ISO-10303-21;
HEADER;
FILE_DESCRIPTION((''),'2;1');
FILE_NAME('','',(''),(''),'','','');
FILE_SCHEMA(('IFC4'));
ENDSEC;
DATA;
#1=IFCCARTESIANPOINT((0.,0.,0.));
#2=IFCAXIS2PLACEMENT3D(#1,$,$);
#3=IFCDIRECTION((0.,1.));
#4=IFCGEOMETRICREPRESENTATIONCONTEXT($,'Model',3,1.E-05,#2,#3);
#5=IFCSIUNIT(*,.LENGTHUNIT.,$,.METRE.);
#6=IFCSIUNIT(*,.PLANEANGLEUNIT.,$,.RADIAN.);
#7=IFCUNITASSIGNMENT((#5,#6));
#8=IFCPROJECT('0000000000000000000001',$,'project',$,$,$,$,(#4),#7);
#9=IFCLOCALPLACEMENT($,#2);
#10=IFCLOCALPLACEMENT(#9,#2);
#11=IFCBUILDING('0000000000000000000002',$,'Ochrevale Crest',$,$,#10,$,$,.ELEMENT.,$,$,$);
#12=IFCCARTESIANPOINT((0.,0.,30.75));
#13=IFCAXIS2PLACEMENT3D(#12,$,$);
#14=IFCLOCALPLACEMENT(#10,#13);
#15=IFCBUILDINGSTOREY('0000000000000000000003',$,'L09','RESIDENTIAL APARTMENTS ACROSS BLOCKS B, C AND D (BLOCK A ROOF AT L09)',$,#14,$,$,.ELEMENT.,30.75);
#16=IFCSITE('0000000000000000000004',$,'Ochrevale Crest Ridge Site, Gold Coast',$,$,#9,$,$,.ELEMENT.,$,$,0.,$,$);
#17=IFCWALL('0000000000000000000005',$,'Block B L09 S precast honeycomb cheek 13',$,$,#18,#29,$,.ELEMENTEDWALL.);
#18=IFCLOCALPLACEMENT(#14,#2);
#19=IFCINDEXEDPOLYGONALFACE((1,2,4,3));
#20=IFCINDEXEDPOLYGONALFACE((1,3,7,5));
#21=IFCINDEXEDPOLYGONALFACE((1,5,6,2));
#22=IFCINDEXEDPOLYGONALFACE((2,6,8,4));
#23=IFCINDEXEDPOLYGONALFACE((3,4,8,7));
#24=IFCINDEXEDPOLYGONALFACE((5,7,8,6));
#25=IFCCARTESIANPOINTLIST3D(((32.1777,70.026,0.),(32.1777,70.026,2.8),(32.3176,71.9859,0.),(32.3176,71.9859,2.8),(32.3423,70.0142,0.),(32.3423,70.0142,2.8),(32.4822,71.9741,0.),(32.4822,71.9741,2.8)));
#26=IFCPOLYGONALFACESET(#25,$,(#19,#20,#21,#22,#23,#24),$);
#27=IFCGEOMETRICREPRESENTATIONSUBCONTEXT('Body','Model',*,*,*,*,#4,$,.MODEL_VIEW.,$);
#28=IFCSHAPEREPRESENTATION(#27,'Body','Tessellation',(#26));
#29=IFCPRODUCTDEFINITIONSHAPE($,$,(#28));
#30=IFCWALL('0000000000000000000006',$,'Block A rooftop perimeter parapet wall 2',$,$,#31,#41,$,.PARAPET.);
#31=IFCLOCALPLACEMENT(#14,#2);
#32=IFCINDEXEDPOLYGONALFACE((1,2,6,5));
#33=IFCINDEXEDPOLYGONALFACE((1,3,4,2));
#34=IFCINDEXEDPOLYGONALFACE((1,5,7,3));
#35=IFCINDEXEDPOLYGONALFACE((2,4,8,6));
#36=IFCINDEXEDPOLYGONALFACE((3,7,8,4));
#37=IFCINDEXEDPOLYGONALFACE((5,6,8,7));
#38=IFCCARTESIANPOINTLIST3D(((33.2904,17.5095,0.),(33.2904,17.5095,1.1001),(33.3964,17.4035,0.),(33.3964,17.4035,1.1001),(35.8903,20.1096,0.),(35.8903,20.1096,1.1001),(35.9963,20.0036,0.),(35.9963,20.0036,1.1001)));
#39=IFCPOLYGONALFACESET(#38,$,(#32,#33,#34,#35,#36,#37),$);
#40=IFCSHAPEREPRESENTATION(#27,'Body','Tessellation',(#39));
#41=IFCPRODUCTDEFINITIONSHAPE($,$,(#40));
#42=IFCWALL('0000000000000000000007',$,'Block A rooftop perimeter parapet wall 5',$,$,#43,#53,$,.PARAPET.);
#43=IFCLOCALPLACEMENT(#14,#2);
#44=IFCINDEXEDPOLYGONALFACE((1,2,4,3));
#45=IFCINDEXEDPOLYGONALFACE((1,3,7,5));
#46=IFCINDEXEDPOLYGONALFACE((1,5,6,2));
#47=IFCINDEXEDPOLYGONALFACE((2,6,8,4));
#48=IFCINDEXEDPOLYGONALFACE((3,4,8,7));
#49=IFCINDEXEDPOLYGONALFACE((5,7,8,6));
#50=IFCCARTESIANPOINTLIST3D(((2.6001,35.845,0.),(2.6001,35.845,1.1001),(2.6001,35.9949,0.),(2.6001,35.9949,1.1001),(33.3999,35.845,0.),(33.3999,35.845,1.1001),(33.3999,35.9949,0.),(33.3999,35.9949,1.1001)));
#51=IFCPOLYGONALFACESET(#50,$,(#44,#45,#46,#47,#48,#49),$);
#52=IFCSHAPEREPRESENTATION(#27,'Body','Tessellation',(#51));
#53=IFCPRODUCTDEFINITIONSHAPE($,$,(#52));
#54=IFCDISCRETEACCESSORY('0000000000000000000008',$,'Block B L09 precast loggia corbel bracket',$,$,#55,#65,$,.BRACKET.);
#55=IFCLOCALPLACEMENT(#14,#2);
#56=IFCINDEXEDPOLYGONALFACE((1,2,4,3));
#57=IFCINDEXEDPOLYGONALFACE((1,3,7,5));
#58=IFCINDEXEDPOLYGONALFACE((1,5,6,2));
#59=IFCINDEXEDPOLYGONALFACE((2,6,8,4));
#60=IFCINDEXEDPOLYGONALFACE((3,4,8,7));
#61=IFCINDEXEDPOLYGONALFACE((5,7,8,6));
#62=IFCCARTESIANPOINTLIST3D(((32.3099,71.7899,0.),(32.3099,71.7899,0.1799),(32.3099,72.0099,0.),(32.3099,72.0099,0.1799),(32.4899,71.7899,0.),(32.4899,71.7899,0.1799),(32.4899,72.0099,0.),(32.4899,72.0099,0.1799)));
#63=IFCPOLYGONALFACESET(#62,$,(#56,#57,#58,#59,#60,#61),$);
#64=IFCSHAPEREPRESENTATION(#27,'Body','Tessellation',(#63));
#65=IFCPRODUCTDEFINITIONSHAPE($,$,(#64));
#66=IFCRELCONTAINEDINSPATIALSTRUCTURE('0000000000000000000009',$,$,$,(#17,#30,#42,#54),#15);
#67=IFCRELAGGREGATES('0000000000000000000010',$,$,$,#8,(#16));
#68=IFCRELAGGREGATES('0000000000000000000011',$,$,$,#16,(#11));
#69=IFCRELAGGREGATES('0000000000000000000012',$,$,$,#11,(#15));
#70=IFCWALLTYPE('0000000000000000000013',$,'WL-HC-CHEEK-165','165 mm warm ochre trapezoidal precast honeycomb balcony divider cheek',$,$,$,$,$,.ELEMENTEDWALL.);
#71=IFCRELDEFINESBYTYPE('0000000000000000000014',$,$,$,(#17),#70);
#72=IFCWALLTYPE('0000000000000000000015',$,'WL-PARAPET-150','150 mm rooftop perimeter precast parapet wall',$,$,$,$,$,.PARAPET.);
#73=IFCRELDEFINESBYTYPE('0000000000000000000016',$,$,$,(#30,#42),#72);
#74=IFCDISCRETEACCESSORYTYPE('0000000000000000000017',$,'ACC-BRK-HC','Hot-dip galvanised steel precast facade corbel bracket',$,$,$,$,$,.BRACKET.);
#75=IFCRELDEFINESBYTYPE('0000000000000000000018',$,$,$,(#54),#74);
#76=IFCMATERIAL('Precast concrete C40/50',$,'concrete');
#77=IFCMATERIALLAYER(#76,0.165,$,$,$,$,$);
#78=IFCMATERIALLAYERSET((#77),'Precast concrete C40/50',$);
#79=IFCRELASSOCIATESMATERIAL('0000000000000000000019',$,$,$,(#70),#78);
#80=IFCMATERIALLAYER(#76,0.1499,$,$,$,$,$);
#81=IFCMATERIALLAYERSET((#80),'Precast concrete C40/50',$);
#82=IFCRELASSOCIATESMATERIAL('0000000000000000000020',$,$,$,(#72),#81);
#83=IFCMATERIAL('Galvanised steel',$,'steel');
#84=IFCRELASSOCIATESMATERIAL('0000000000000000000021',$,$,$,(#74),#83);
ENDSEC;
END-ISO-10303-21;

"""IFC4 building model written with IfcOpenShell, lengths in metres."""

from ifc_helpers import new_model, si_unit, direction, frame, frame_2d, origin, origin_2d, place, context, subcontext, project, spatial, rectangle, extrude, material, layer, layer_set, type_object, element, save


model = new_model("IFC4")

# Units and contexts
model_context = context("Model", 3, precision=1e-05, world=origin(), true_north=direction((0.0, 1.0)))
body_context = subcontext(model_context, "Body", "Model", "MODEL_VIEW")
ifc_project = project(units=[si_unit("LENGTHUNIT", "METRE"), si_unit("PLANEANGLEUNIT", "RADIAN")], contexts=[model_context])

# Site, building, storey
site_placement = place(None, origin())
site = spatial("IfcSite", under=ifc_project, at=site_placement, Name="Ochrevale Crest Ridge Site, Gold Coast", CompositionType="ELEMENT", RefElevation=0.0)
building_placement = place(site_placement, origin())
building = spatial("IfcBuilding", under=site, at=building_placement, Name="Ochrevale Crest", CompositionType="ELEMENT")
storey_placement = place(building_placement, frame((0.0, 0.0, 30.75)))
storey = spatial("IfcBuildingStorey", under=building, at=storey_placement, Name="L09", Description="RESIDENTIAL APARTMENTS ACROSS BLOCKS B, C AND D (BLOCK A ROOF AT L09)", CompositionType="ELEMENT", Elevation=30.75)

# Shared definitions
ifc_material_1 = material(Name="Precast concrete C40/50", Category="concrete")

# Walls
ifc_layer_1 = layer(ifc_material_1, 0.165)
ifc_layer_set_1 = layer_set([ifc_layer_1], Name="Precast concrete C40/50")
wall_type_1 = type_object("IfcWallType", Name="WL-HC-CHEEK-165", Description="165 mm warm ochre trapezoidal precast honeycomb balcony divider cheek", PredefinedType="ELEMENTEDWALL", material=ifc_layer_set_1)
wall_1_placement = place(storey_placement, frame((32.3999, 71.98, 0.0), z_axis=(0.0, 0.0, 1.0), x_axis=(-0.071194, -0.997462, 0.0)))
element("IfcWall", 1, at=wall_1_placement, inside=storey, type_object=wall_type_1, Name="Block B L09 S precast honeycomb cheek 13", PredefinedType="ELEMENTEDWALL", context=body_context, shape_type="SweptSolid", body=[
    extrude(rectangle(XDim=1.9648, YDim=0.165, at=frame_2d((0.9824, 0.0))), origin(), (0.0, 0.0, 1.0), 2.8),
])
ifc_layer_2 = layer(ifc_material_1, 0.1499)
ifc_layer_set_2 = layer_set([ifc_layer_2], Name="Precast concrete C40/50")
wall_type_2 = type_object("IfcWallType", Name="WL-PARAPET-150", Description="150 mm rooftop perimeter precast parapet wall", PredefinedType="PARAPET", material=ifc_layer_set_2)
wall_2_placement = place(storey_placement, frame((33.3435, 17.4565, 0.0), z_axis=(0.0, 0.0, 1.0), x_axis=(0.707074, 0.70714, 0.0)))
element("IfcWall", 2, at=wall_2_placement, inside=storey, type_object=wall_type_2, Name="Block A rooftop perimeter parapet wall 2", PredefinedType="PARAPET", context=body_context, shape_type="SweptSolid", body=[
    extrude(rectangle(XDim=3.677, YDim=0.1499, at=frame_2d((1.8384, 0.0))), origin(), (0.0, 0.0, 1.0), 1.1001),
])
wall_3_placement = place(storey_placement, frame((33.3999, 35.9199, 0.0), z_axis=(0.0, 0.0, 1.0), x_axis=(-1.0, 0.0, 0.0)))
element("IfcWall", 3, at=wall_3_placement, inside=storey, type_object=wall_type_2, Name="Block A rooftop perimeter parapet wall 5", PredefinedType="PARAPET", context=body_context, shape_type="SweptSolid", body=[
    extrude(rectangle(XDim=30.7998, YDim=0.1499, at=frame_2d((15.3999, 0.0))), origin(), (0.0, 0.0, 1.0), 1.1001),
])

# Discrete accessory
ifc_material_2 = material(Name="Galvanised steel", Category="steel")
discrete_accessory_type = type_object("IfcDiscreteAccessoryType", Name="ACC-BRK-HC", Description="Hot-dip galvanised steel precast facade corbel bracket", PredefinedType="BRACKET", material=ifc_material_2)
discrete_accessory_placement = place(storey_placement, frame((32.3999, 71.8999, 0.0), z_axis=(0.0, 0.0, 1.0), x_axis=(1.0, 0.0, 0.0)))
element("IfcDiscreteAccessory", 4, at=discrete_accessory_placement, inside=storey, type_object=discrete_accessory_type, Name="Block B L09 precast loggia corbel bracket", PredefinedType="BRACKET", context=body_context, shape_type="SweptSolid", body=[
    extrude(rectangle(XDim=0.1799, YDim=0.22, at=origin_2d()), origin(), (0.0, 0.0, 1.0), 0.1799),
])

save(model, "model.ifc")
